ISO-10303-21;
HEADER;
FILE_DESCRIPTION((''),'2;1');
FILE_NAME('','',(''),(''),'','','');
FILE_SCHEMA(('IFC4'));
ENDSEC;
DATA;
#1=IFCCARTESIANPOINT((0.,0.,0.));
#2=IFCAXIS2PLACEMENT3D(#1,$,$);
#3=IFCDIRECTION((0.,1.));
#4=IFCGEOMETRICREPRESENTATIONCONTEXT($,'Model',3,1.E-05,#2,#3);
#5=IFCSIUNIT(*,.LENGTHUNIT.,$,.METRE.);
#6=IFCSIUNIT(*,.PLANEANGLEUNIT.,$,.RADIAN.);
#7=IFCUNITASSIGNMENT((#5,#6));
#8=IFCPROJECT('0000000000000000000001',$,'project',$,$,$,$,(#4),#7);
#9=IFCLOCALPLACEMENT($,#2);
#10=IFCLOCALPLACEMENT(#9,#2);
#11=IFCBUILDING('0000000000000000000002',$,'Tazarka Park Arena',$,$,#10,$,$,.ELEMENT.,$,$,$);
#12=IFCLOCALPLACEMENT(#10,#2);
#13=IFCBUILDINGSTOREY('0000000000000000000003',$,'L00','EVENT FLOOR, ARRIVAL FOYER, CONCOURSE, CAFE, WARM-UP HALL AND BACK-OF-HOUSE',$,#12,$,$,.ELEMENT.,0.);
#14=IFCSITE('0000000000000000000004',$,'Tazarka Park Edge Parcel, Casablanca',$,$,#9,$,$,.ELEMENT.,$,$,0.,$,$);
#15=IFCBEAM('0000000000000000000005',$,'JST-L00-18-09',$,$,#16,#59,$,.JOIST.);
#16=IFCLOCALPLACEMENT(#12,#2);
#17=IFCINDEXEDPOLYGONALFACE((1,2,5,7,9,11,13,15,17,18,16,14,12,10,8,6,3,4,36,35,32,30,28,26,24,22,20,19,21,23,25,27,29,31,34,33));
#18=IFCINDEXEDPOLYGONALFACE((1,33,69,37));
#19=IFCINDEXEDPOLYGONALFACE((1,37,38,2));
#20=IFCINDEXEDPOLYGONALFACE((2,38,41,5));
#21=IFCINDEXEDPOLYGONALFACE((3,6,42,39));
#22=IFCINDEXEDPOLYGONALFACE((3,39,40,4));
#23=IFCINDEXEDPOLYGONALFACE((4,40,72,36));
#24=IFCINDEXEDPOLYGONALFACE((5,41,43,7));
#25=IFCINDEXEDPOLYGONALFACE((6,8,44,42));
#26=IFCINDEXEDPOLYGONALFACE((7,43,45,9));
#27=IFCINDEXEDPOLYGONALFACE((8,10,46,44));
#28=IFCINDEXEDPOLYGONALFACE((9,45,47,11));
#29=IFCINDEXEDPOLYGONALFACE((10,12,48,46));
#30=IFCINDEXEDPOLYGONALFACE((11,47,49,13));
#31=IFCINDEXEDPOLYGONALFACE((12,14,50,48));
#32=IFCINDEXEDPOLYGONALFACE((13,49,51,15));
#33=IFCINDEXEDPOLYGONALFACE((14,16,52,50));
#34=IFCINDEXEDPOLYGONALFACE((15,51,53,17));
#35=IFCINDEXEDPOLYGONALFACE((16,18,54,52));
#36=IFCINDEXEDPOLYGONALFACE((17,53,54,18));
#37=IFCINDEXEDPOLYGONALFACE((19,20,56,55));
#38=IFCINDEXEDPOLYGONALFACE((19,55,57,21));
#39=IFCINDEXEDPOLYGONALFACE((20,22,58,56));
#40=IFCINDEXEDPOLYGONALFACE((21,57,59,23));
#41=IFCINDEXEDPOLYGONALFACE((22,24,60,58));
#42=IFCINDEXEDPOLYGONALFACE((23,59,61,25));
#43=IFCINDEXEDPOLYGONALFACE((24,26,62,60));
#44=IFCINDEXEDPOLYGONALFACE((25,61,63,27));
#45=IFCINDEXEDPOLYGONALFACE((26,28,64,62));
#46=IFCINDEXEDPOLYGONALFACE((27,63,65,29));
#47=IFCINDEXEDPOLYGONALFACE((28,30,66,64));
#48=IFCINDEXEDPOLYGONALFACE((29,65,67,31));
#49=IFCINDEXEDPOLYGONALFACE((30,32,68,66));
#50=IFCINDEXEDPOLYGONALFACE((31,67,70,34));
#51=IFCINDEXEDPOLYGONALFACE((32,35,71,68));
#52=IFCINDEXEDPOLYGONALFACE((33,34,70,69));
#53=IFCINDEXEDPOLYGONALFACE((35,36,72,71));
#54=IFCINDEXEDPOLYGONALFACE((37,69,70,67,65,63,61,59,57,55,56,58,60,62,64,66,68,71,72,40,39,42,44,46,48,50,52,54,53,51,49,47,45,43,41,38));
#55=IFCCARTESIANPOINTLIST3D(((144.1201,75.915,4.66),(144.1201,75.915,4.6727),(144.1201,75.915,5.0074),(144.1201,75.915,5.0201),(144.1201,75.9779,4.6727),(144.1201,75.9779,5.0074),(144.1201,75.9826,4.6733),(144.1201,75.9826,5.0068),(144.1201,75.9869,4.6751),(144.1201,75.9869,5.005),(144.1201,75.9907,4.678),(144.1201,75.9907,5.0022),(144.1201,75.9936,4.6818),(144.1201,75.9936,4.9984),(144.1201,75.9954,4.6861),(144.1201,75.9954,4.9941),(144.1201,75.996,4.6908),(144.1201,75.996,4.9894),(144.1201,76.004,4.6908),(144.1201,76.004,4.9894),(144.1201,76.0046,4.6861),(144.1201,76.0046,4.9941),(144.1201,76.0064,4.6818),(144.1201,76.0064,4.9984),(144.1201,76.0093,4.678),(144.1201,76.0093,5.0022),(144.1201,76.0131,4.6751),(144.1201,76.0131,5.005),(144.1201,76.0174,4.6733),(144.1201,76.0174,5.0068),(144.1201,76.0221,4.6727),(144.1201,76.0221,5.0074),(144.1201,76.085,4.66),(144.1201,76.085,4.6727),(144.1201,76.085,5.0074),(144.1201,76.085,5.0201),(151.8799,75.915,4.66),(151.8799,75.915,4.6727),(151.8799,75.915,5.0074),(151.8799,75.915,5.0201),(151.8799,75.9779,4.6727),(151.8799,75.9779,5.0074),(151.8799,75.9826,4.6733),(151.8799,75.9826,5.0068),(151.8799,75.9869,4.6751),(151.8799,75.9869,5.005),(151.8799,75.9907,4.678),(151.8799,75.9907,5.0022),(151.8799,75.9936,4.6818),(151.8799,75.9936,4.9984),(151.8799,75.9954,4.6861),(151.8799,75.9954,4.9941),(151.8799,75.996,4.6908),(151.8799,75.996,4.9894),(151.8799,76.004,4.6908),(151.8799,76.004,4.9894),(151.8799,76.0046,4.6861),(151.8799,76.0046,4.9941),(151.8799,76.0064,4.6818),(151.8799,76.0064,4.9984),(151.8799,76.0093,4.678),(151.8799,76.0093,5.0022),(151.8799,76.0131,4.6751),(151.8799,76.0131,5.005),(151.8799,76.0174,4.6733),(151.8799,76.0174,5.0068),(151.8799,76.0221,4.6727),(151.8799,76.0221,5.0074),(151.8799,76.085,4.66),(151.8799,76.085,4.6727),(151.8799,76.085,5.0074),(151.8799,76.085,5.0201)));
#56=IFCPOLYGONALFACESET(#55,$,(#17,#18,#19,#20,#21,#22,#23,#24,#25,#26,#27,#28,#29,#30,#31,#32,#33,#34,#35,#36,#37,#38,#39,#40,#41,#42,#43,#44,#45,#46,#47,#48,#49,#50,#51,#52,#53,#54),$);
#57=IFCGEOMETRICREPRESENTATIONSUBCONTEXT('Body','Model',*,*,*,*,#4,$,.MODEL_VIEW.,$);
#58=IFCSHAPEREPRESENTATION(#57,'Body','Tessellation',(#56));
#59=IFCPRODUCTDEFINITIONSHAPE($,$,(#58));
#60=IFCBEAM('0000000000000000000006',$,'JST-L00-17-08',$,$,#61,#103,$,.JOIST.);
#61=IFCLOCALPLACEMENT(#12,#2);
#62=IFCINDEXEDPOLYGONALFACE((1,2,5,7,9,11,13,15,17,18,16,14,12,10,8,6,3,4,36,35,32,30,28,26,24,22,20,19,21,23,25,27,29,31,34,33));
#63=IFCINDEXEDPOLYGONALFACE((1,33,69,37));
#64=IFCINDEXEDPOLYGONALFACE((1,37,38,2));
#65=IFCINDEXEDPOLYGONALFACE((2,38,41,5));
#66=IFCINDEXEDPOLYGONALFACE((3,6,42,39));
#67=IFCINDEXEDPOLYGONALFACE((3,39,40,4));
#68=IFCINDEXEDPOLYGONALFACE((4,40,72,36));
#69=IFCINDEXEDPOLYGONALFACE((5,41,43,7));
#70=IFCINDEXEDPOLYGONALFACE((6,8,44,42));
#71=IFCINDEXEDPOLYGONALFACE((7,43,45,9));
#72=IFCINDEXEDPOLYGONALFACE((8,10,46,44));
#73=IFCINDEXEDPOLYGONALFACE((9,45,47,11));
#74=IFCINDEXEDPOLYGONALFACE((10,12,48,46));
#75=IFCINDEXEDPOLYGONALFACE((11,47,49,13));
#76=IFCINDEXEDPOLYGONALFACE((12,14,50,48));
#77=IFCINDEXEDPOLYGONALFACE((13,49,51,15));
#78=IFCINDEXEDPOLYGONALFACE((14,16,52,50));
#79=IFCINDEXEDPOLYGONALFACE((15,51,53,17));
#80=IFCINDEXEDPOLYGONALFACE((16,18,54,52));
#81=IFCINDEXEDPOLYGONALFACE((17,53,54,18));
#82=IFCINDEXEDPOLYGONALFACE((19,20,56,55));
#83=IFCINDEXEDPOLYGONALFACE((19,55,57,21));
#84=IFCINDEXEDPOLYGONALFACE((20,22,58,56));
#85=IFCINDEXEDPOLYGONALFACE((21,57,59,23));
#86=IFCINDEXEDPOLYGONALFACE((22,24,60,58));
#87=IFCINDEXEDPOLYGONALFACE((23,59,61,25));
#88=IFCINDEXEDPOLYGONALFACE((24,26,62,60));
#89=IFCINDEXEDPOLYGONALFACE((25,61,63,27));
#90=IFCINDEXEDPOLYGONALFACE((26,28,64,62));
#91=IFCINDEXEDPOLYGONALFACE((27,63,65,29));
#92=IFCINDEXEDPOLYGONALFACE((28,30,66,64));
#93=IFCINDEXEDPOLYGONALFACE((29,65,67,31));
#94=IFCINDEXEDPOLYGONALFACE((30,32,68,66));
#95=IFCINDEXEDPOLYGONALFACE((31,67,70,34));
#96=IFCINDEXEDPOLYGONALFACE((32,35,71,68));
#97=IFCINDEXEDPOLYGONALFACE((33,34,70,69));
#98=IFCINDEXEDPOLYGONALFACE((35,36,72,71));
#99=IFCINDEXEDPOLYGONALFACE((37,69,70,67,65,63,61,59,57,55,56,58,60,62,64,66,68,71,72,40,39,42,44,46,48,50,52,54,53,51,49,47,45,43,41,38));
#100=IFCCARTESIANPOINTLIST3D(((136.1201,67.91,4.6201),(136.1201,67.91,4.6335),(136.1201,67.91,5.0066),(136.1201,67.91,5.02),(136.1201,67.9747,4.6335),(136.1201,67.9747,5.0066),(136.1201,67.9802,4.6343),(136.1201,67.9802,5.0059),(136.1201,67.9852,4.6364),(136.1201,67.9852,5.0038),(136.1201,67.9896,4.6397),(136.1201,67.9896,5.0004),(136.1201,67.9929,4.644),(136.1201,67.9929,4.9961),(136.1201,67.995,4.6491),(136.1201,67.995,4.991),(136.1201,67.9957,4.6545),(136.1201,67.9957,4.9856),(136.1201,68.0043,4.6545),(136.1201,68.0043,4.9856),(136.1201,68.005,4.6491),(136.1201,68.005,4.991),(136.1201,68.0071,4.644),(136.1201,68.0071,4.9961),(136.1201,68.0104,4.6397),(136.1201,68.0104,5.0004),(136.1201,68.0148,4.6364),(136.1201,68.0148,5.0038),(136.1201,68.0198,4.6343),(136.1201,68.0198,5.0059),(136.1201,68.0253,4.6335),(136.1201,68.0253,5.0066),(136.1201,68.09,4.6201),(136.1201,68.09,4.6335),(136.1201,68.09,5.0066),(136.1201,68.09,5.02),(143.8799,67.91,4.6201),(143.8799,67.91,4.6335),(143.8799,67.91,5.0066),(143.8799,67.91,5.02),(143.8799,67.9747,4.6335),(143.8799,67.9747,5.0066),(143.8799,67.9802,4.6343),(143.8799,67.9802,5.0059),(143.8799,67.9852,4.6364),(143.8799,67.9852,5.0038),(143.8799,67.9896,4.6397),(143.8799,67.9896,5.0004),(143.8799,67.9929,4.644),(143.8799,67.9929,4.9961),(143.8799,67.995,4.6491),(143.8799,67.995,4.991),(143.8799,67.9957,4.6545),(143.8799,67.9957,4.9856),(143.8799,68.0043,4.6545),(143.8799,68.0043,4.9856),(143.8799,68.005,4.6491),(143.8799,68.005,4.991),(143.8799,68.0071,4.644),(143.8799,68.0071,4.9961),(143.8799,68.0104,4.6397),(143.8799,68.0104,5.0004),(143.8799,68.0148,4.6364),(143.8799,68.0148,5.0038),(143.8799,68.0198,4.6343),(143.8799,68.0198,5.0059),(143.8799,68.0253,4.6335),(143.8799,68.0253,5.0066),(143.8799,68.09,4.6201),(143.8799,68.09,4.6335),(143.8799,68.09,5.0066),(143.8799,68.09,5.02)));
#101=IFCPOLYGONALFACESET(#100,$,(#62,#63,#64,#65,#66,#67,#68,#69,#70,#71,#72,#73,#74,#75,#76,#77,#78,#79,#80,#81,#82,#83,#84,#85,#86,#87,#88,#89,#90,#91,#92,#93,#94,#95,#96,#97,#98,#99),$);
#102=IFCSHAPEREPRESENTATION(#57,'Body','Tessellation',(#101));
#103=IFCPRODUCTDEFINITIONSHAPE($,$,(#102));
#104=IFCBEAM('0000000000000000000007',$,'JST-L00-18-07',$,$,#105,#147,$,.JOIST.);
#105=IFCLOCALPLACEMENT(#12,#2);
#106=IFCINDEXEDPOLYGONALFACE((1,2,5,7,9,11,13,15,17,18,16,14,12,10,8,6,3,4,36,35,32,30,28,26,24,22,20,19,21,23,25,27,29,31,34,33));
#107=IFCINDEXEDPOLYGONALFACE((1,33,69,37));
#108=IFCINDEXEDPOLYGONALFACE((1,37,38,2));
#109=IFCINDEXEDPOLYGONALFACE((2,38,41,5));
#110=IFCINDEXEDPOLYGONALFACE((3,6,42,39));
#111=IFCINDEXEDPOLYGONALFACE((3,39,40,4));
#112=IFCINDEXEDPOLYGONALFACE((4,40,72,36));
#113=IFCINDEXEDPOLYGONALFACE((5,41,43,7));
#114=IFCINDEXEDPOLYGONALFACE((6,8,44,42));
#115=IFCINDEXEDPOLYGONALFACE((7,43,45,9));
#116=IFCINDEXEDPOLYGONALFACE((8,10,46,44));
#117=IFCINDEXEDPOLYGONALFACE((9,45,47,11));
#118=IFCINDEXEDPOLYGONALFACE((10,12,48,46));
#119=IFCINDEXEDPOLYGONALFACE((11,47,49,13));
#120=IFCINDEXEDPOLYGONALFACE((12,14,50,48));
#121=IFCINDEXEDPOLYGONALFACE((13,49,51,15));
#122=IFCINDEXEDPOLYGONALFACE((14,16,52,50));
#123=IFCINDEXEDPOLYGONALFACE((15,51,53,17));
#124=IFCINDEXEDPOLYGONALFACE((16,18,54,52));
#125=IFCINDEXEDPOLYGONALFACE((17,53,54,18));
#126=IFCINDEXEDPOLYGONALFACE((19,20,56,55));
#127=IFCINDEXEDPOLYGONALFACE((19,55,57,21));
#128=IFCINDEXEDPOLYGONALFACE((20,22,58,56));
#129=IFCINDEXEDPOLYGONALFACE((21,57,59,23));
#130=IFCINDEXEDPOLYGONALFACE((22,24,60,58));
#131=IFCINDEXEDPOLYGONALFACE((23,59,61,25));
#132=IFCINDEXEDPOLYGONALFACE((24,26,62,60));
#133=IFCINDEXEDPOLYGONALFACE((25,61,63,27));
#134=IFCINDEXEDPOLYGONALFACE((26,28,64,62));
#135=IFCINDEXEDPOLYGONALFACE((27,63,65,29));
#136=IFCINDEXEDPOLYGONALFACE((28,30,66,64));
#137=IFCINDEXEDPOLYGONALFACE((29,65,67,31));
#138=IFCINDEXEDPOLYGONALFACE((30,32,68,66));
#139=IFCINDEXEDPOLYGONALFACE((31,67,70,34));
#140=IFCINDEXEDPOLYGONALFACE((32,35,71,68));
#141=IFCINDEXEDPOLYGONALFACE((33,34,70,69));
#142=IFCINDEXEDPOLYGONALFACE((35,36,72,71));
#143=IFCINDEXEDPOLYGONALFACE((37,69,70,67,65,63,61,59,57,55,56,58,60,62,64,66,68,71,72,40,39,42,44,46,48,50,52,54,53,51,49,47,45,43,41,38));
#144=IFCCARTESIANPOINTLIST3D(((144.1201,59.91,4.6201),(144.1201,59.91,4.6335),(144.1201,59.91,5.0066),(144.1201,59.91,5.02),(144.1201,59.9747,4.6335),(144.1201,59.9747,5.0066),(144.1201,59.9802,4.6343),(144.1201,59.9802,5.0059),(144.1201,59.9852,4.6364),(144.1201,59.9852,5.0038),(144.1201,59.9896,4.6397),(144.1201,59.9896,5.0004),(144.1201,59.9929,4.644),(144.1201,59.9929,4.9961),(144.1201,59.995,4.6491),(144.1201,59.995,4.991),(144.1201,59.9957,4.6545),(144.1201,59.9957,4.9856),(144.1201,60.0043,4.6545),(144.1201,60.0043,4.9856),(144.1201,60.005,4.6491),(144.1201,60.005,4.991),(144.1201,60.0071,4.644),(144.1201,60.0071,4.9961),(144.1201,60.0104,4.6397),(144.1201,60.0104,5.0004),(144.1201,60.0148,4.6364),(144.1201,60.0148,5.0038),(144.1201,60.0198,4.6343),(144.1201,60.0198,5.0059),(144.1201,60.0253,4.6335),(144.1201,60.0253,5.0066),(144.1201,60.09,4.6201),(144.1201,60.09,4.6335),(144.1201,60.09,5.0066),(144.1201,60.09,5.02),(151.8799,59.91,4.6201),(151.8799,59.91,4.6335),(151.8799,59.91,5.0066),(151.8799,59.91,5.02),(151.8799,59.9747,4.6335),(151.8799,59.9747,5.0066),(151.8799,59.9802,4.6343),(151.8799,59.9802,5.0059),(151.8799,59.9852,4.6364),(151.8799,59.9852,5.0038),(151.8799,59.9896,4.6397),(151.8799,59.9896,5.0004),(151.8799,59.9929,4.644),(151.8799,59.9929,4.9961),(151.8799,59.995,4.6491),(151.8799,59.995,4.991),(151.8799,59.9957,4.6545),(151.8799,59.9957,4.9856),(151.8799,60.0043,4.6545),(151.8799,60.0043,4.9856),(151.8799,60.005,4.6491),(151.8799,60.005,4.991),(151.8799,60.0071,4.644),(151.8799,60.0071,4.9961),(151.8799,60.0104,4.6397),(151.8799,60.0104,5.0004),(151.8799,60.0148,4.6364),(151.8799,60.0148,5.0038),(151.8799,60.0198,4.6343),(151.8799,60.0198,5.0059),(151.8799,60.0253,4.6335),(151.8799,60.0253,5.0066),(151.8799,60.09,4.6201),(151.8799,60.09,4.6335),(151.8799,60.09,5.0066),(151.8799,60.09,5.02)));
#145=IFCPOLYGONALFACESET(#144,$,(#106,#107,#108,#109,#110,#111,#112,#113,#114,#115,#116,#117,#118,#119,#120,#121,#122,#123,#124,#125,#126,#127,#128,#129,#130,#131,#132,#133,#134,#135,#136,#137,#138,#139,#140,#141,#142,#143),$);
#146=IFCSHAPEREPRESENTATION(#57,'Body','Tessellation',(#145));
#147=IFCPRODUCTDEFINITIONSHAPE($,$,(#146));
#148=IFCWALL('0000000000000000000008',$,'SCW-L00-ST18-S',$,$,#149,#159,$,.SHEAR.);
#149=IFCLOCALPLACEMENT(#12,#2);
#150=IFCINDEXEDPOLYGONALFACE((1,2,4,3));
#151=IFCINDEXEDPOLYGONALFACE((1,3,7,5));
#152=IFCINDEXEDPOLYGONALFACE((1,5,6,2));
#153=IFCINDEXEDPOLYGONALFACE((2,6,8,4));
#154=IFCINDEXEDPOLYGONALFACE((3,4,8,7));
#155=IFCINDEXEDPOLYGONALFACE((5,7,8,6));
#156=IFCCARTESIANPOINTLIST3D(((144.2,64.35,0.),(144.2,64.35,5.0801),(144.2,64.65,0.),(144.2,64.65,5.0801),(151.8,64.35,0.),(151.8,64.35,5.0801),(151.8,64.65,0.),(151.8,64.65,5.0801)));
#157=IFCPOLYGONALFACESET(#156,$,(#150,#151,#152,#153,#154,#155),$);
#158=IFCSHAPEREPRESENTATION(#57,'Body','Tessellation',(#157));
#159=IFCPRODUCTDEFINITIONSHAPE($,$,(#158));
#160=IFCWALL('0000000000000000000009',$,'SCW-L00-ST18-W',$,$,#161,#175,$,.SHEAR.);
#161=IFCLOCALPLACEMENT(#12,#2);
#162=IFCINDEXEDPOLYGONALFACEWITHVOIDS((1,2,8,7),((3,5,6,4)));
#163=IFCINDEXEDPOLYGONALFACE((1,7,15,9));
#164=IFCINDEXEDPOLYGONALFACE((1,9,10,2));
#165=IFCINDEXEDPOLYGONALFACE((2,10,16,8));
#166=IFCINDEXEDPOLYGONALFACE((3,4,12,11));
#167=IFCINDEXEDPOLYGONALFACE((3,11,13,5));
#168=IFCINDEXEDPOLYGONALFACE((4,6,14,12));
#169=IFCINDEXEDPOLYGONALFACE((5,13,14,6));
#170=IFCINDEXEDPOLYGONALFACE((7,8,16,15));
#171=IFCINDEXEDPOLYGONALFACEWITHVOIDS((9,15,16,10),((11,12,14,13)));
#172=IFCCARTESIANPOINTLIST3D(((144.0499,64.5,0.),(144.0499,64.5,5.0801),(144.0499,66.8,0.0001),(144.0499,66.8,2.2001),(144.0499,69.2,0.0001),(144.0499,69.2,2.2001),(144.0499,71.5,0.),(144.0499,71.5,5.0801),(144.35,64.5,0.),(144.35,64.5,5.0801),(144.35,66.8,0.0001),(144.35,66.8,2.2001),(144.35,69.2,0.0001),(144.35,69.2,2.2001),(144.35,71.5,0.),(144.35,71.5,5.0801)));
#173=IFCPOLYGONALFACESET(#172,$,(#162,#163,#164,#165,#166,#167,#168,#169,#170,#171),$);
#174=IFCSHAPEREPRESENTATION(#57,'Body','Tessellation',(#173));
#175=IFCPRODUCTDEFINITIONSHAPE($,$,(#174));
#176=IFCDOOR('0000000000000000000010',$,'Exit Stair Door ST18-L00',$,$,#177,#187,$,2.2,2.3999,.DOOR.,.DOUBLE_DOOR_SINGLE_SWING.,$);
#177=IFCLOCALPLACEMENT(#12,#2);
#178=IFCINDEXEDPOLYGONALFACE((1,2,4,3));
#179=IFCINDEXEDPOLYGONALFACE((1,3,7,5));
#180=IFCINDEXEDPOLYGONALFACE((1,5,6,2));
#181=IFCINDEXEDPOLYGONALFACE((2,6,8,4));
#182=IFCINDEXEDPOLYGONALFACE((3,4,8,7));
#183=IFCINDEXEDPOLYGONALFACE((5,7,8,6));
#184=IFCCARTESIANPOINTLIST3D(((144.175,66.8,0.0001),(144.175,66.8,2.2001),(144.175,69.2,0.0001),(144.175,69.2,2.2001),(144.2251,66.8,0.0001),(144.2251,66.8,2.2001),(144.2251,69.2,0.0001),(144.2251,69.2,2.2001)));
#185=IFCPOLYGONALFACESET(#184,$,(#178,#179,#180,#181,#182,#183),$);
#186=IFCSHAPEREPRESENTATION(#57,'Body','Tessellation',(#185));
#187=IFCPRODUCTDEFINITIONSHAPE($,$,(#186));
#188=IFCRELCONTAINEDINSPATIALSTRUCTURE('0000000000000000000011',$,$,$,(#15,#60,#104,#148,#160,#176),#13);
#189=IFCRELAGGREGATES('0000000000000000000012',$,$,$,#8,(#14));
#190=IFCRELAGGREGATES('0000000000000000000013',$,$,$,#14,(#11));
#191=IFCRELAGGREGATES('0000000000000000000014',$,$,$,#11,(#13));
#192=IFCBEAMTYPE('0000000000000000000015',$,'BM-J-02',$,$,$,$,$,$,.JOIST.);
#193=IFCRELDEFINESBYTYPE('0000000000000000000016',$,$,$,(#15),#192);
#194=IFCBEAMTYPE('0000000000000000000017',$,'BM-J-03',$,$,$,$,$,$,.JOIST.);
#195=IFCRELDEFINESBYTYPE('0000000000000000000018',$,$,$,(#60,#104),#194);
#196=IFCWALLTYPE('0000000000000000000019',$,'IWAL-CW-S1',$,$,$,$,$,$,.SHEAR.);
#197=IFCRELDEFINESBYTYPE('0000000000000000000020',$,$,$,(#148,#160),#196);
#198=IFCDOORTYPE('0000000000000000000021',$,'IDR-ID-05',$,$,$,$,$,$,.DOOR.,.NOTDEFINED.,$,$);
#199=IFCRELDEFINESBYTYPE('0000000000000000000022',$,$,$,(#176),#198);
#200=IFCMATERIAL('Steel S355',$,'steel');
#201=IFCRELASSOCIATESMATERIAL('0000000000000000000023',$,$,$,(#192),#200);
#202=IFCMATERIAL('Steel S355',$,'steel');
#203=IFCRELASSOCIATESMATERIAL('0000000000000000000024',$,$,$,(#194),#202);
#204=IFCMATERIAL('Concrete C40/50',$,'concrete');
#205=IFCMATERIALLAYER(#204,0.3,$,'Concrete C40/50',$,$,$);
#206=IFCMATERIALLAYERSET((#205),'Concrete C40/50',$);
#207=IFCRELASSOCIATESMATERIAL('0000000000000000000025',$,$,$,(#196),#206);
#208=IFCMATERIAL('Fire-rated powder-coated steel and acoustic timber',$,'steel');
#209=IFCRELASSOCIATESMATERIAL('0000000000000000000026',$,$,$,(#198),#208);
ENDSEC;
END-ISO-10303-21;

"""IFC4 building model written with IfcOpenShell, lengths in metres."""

from ifc_helpers import new_model, si_unit, direction, frame, frame_2d, origin, origin_2d, place, context, subcontext, project, spatial, rectangle, i_section, extrude, material, layer, layer_set, material_profile, profile_set, type_object, element, fill, save


model = new_model("IFC4")

# Units and contexts
model_context = context("Model", 3, precision=1e-05, world=origin(), true_north=direction((0.0, 1.0)))
body_context = subcontext(model_context, "Body", "Model", "MODEL_VIEW")
ifc_project = project(units=[si_unit("LENGTHUNIT", "METRE"), si_unit("PLANEANGLEUNIT", "RADIAN")], contexts=[model_context])

# Site, building, storey
site_placement = place(None, origin())
site = spatial("IfcSite", under=ifc_project, at=site_placement, Name="Tazarka Park Edge Parcel, Casablanca", CompositionType="ELEMENT", RefElevation=0.0)
building_placement = place(site_placement, origin())
building = spatial("IfcBuilding", under=site, at=building_placement, Name="Tazarka Park Arena", CompositionType="ELEMENT")
storey_placement = place(building_placement, origin())
storey = spatial("IfcBuildingStorey", under=building, at=storey_placement, Name="L00", Description="EVENT FLOOR, ARRIVAL FOYER, CONCOURSE, CAFE, WARM-UP HALL AND BACK-OF-HOUSE", CompositionType="ELEMENT", Elevation=0.0)

# Beams
ifc_material_1 = material(Name="Steel S355", Category="steel")
ifc_material_profile_1 = material_profile(ifc_material_1, i_section(OverallWidth=0.1699, OverallDepth=0.3601, WebThickness=0.0081, FlangeThickness=0.0127, FilletRadius=0.0181, at=origin_2d()), Name="Steel S355")
ifc_profile_set_1 = profile_set([ifc_material_profile_1], Name="Steel S355")
beam_type_1 = type_object("IfcBeamType", Name="BM-J-02", PredefinedType="JOIST", material=ifc_profile_set_1)
for number, where, z_axis, x_axis, name in (
    (1, (144.1201, 76.0, 4.8401), (1.0, 0.0, 0.0), (0.0, 1.0, 0.0), "JST-L00-18-09"),
):
    element("IfcBeam", number, at=place(storey_placement, frame(where, z_axis=z_axis, x_axis=x_axis)), inside=storey, type_object=beam_type_1, Name=name, PredefinedType="JOIST", context=body_context, shape_type="SweptSolid", body=[
        extrude(i_section(OverallWidth=0.1699, OverallDepth=0.3601, WebThickness=0.0081, FlangeThickness=0.0127, FilletRadius=0.0181, at=origin_2d()), origin(), (0.0, 0.0, 1.0), 7.7598),
    ])
ifc_material_2 = material(Name="Steel S355", Category="steel")
ifc_material_profile_2 = material_profile(ifc_material_2, i_section(OverallWidth=0.1799, OverallDepth=0.3999, WebThickness=0.0085, FlangeThickness=0.0134, FilletRadius=0.021, at=origin_2d()), Name="Steel S355")
ifc_profile_set_2 = profile_set([ifc_material_profile_2], Name="Steel S355")
beam_type_2 = type_object("IfcBeamType", Name="BM-J-03", PredefinedType="JOIST", material=ifc_profile_set_2)
for number, where, z_axis, x_axis, name in (
    (2, (136.1201, 68.0, 4.8201), (1.0, 0.0, 0.0), (0.0, 1.0, 0.0), "JST-L00-17-08"),
    (3, (144.1201, 60.0, 4.8201), (1.0, 0.0, 0.0), (0.0, 1.0, 0.0), "JST-L00-18-07"),
):
    element("IfcBeam", number, at=place(storey_placement, frame(where, z_axis=z_axis, x_axis=x_axis)), inside=storey, type_object=beam_type_2, Name=name, PredefinedType="JOIST", context=body_context, shape_type="SweptSolid", body=[
        extrude(i_section(OverallWidth=0.1799, OverallDepth=0.3999, WebThickness=0.0085, FlangeThickness=0.0134, FilletRadius=0.021, at=origin_2d()), origin(), (0.0, 0.0, 1.0), 7.7598),
    ])

# Wall
ifc_material_3 = material(Name="Concrete C40/50", Category="concrete")
ifc_layer = layer(ifc_material_3, 0.3, Name="Concrete C40/50")
ifc_layer_set = layer_set([ifc_layer], Name="Concrete C40/50")
wall_type = type_object("IfcWallType", Name="IWAL-CW-S1", PredefinedType="SHEAR", material=ifc_layer_set)
wall_1_placement = place(storey_placement, frame((151.8, 64.5, 0.0), z_axis=(0.0, 0.0, 1.0), x_axis=(-1.0, 0.0, 0.0)))
element("IfcWall", 4, at=wall_1_placement, inside=storey, type_object=wall_type, Name="SCW-L00-ST18-S", PredefinedType="SHEAR", context=body_context, shape_type="SweptSolid", body=[
    extrude(rectangle(XDim=7.6001, YDim=0.3, at=frame_2d((3.8, 0.0))), origin(), (0.0, 0.0, 1.0), 5.0801),
])

# Wall, opening, door
wall_2_placement = place(storey_placement, frame((144.2, 64.5, 0.0), z_axis=(0.0, 0.0, 1.0), x_axis=(0.0, 1.0, 0.0)))
wall_2 = element("IfcWall", 5, at=wall_2_placement, inside=storey, type_object=wall_type, Name="SCW-L00-ST18-W", PredefinedType="SHEAR", context=body_context, shape_type="SweptSolid", body=[
    extrude(rectangle(XDim=7.0, YDim=0.3, at=frame_2d((3.5, 0.0))), origin(), (0.0, 0.0, 1.0), 5.0801),
])
opening_placement = place(wall_2_placement, frame((2.3, 0.0, 0.0)))
opening = element("IfcOpeningElement", 6, at=opening_placement, cuts=wall_2, PredefinedType="OPENING", context=body_context, shape_type="SweptSolid", body=[
    extrude(rectangle(XDim=2.3999, YDim=2.2, at=frame_2d((1.2, 1.1001))), frame((0.0, 0.1602, 0.0), z_axis=(0.0, -1.0, 0.0), x_axis=(1.0, 0.0, 0.0)), (0.0, 0.0, 1.0), 0.3201),
])
ifc_material_4 = material(Name="Fire-rated powder-coated steel and acoustic timber", Category="steel")
door_type = type_object("IfcDoorType", Name="IDR-ID-05", OperationType="NOTDEFINED", PredefinedType="DOOR", material=ifc_material_4)
door_placement = place(opening_placement, origin())
door = element("IfcDoor", 7, at=door_placement, inside=storey, type_object=door_type, Name="Exit Stair Door ST18-L00", OperationType="DOUBLE_DOOR_SINGLE_SWING", OverallHeight=2.2, OverallWidth=2.3999, PredefinedType="DOOR", context=body_context, shape_type="SweptSolid", body=[
    extrude(rectangle(XDim=2.3999, YDim=2.2, at=frame_2d((1.2, 1.1001))), frame((0.0, 0.0249, 0.0), z_axis=(0.0, -1.0, 0.0), x_axis=(1.0, 0.0, 0.0)), (0.0, 0.0, 1.0), 0.05),
])
fill(opening, door)

save(model, "model.ifc")
